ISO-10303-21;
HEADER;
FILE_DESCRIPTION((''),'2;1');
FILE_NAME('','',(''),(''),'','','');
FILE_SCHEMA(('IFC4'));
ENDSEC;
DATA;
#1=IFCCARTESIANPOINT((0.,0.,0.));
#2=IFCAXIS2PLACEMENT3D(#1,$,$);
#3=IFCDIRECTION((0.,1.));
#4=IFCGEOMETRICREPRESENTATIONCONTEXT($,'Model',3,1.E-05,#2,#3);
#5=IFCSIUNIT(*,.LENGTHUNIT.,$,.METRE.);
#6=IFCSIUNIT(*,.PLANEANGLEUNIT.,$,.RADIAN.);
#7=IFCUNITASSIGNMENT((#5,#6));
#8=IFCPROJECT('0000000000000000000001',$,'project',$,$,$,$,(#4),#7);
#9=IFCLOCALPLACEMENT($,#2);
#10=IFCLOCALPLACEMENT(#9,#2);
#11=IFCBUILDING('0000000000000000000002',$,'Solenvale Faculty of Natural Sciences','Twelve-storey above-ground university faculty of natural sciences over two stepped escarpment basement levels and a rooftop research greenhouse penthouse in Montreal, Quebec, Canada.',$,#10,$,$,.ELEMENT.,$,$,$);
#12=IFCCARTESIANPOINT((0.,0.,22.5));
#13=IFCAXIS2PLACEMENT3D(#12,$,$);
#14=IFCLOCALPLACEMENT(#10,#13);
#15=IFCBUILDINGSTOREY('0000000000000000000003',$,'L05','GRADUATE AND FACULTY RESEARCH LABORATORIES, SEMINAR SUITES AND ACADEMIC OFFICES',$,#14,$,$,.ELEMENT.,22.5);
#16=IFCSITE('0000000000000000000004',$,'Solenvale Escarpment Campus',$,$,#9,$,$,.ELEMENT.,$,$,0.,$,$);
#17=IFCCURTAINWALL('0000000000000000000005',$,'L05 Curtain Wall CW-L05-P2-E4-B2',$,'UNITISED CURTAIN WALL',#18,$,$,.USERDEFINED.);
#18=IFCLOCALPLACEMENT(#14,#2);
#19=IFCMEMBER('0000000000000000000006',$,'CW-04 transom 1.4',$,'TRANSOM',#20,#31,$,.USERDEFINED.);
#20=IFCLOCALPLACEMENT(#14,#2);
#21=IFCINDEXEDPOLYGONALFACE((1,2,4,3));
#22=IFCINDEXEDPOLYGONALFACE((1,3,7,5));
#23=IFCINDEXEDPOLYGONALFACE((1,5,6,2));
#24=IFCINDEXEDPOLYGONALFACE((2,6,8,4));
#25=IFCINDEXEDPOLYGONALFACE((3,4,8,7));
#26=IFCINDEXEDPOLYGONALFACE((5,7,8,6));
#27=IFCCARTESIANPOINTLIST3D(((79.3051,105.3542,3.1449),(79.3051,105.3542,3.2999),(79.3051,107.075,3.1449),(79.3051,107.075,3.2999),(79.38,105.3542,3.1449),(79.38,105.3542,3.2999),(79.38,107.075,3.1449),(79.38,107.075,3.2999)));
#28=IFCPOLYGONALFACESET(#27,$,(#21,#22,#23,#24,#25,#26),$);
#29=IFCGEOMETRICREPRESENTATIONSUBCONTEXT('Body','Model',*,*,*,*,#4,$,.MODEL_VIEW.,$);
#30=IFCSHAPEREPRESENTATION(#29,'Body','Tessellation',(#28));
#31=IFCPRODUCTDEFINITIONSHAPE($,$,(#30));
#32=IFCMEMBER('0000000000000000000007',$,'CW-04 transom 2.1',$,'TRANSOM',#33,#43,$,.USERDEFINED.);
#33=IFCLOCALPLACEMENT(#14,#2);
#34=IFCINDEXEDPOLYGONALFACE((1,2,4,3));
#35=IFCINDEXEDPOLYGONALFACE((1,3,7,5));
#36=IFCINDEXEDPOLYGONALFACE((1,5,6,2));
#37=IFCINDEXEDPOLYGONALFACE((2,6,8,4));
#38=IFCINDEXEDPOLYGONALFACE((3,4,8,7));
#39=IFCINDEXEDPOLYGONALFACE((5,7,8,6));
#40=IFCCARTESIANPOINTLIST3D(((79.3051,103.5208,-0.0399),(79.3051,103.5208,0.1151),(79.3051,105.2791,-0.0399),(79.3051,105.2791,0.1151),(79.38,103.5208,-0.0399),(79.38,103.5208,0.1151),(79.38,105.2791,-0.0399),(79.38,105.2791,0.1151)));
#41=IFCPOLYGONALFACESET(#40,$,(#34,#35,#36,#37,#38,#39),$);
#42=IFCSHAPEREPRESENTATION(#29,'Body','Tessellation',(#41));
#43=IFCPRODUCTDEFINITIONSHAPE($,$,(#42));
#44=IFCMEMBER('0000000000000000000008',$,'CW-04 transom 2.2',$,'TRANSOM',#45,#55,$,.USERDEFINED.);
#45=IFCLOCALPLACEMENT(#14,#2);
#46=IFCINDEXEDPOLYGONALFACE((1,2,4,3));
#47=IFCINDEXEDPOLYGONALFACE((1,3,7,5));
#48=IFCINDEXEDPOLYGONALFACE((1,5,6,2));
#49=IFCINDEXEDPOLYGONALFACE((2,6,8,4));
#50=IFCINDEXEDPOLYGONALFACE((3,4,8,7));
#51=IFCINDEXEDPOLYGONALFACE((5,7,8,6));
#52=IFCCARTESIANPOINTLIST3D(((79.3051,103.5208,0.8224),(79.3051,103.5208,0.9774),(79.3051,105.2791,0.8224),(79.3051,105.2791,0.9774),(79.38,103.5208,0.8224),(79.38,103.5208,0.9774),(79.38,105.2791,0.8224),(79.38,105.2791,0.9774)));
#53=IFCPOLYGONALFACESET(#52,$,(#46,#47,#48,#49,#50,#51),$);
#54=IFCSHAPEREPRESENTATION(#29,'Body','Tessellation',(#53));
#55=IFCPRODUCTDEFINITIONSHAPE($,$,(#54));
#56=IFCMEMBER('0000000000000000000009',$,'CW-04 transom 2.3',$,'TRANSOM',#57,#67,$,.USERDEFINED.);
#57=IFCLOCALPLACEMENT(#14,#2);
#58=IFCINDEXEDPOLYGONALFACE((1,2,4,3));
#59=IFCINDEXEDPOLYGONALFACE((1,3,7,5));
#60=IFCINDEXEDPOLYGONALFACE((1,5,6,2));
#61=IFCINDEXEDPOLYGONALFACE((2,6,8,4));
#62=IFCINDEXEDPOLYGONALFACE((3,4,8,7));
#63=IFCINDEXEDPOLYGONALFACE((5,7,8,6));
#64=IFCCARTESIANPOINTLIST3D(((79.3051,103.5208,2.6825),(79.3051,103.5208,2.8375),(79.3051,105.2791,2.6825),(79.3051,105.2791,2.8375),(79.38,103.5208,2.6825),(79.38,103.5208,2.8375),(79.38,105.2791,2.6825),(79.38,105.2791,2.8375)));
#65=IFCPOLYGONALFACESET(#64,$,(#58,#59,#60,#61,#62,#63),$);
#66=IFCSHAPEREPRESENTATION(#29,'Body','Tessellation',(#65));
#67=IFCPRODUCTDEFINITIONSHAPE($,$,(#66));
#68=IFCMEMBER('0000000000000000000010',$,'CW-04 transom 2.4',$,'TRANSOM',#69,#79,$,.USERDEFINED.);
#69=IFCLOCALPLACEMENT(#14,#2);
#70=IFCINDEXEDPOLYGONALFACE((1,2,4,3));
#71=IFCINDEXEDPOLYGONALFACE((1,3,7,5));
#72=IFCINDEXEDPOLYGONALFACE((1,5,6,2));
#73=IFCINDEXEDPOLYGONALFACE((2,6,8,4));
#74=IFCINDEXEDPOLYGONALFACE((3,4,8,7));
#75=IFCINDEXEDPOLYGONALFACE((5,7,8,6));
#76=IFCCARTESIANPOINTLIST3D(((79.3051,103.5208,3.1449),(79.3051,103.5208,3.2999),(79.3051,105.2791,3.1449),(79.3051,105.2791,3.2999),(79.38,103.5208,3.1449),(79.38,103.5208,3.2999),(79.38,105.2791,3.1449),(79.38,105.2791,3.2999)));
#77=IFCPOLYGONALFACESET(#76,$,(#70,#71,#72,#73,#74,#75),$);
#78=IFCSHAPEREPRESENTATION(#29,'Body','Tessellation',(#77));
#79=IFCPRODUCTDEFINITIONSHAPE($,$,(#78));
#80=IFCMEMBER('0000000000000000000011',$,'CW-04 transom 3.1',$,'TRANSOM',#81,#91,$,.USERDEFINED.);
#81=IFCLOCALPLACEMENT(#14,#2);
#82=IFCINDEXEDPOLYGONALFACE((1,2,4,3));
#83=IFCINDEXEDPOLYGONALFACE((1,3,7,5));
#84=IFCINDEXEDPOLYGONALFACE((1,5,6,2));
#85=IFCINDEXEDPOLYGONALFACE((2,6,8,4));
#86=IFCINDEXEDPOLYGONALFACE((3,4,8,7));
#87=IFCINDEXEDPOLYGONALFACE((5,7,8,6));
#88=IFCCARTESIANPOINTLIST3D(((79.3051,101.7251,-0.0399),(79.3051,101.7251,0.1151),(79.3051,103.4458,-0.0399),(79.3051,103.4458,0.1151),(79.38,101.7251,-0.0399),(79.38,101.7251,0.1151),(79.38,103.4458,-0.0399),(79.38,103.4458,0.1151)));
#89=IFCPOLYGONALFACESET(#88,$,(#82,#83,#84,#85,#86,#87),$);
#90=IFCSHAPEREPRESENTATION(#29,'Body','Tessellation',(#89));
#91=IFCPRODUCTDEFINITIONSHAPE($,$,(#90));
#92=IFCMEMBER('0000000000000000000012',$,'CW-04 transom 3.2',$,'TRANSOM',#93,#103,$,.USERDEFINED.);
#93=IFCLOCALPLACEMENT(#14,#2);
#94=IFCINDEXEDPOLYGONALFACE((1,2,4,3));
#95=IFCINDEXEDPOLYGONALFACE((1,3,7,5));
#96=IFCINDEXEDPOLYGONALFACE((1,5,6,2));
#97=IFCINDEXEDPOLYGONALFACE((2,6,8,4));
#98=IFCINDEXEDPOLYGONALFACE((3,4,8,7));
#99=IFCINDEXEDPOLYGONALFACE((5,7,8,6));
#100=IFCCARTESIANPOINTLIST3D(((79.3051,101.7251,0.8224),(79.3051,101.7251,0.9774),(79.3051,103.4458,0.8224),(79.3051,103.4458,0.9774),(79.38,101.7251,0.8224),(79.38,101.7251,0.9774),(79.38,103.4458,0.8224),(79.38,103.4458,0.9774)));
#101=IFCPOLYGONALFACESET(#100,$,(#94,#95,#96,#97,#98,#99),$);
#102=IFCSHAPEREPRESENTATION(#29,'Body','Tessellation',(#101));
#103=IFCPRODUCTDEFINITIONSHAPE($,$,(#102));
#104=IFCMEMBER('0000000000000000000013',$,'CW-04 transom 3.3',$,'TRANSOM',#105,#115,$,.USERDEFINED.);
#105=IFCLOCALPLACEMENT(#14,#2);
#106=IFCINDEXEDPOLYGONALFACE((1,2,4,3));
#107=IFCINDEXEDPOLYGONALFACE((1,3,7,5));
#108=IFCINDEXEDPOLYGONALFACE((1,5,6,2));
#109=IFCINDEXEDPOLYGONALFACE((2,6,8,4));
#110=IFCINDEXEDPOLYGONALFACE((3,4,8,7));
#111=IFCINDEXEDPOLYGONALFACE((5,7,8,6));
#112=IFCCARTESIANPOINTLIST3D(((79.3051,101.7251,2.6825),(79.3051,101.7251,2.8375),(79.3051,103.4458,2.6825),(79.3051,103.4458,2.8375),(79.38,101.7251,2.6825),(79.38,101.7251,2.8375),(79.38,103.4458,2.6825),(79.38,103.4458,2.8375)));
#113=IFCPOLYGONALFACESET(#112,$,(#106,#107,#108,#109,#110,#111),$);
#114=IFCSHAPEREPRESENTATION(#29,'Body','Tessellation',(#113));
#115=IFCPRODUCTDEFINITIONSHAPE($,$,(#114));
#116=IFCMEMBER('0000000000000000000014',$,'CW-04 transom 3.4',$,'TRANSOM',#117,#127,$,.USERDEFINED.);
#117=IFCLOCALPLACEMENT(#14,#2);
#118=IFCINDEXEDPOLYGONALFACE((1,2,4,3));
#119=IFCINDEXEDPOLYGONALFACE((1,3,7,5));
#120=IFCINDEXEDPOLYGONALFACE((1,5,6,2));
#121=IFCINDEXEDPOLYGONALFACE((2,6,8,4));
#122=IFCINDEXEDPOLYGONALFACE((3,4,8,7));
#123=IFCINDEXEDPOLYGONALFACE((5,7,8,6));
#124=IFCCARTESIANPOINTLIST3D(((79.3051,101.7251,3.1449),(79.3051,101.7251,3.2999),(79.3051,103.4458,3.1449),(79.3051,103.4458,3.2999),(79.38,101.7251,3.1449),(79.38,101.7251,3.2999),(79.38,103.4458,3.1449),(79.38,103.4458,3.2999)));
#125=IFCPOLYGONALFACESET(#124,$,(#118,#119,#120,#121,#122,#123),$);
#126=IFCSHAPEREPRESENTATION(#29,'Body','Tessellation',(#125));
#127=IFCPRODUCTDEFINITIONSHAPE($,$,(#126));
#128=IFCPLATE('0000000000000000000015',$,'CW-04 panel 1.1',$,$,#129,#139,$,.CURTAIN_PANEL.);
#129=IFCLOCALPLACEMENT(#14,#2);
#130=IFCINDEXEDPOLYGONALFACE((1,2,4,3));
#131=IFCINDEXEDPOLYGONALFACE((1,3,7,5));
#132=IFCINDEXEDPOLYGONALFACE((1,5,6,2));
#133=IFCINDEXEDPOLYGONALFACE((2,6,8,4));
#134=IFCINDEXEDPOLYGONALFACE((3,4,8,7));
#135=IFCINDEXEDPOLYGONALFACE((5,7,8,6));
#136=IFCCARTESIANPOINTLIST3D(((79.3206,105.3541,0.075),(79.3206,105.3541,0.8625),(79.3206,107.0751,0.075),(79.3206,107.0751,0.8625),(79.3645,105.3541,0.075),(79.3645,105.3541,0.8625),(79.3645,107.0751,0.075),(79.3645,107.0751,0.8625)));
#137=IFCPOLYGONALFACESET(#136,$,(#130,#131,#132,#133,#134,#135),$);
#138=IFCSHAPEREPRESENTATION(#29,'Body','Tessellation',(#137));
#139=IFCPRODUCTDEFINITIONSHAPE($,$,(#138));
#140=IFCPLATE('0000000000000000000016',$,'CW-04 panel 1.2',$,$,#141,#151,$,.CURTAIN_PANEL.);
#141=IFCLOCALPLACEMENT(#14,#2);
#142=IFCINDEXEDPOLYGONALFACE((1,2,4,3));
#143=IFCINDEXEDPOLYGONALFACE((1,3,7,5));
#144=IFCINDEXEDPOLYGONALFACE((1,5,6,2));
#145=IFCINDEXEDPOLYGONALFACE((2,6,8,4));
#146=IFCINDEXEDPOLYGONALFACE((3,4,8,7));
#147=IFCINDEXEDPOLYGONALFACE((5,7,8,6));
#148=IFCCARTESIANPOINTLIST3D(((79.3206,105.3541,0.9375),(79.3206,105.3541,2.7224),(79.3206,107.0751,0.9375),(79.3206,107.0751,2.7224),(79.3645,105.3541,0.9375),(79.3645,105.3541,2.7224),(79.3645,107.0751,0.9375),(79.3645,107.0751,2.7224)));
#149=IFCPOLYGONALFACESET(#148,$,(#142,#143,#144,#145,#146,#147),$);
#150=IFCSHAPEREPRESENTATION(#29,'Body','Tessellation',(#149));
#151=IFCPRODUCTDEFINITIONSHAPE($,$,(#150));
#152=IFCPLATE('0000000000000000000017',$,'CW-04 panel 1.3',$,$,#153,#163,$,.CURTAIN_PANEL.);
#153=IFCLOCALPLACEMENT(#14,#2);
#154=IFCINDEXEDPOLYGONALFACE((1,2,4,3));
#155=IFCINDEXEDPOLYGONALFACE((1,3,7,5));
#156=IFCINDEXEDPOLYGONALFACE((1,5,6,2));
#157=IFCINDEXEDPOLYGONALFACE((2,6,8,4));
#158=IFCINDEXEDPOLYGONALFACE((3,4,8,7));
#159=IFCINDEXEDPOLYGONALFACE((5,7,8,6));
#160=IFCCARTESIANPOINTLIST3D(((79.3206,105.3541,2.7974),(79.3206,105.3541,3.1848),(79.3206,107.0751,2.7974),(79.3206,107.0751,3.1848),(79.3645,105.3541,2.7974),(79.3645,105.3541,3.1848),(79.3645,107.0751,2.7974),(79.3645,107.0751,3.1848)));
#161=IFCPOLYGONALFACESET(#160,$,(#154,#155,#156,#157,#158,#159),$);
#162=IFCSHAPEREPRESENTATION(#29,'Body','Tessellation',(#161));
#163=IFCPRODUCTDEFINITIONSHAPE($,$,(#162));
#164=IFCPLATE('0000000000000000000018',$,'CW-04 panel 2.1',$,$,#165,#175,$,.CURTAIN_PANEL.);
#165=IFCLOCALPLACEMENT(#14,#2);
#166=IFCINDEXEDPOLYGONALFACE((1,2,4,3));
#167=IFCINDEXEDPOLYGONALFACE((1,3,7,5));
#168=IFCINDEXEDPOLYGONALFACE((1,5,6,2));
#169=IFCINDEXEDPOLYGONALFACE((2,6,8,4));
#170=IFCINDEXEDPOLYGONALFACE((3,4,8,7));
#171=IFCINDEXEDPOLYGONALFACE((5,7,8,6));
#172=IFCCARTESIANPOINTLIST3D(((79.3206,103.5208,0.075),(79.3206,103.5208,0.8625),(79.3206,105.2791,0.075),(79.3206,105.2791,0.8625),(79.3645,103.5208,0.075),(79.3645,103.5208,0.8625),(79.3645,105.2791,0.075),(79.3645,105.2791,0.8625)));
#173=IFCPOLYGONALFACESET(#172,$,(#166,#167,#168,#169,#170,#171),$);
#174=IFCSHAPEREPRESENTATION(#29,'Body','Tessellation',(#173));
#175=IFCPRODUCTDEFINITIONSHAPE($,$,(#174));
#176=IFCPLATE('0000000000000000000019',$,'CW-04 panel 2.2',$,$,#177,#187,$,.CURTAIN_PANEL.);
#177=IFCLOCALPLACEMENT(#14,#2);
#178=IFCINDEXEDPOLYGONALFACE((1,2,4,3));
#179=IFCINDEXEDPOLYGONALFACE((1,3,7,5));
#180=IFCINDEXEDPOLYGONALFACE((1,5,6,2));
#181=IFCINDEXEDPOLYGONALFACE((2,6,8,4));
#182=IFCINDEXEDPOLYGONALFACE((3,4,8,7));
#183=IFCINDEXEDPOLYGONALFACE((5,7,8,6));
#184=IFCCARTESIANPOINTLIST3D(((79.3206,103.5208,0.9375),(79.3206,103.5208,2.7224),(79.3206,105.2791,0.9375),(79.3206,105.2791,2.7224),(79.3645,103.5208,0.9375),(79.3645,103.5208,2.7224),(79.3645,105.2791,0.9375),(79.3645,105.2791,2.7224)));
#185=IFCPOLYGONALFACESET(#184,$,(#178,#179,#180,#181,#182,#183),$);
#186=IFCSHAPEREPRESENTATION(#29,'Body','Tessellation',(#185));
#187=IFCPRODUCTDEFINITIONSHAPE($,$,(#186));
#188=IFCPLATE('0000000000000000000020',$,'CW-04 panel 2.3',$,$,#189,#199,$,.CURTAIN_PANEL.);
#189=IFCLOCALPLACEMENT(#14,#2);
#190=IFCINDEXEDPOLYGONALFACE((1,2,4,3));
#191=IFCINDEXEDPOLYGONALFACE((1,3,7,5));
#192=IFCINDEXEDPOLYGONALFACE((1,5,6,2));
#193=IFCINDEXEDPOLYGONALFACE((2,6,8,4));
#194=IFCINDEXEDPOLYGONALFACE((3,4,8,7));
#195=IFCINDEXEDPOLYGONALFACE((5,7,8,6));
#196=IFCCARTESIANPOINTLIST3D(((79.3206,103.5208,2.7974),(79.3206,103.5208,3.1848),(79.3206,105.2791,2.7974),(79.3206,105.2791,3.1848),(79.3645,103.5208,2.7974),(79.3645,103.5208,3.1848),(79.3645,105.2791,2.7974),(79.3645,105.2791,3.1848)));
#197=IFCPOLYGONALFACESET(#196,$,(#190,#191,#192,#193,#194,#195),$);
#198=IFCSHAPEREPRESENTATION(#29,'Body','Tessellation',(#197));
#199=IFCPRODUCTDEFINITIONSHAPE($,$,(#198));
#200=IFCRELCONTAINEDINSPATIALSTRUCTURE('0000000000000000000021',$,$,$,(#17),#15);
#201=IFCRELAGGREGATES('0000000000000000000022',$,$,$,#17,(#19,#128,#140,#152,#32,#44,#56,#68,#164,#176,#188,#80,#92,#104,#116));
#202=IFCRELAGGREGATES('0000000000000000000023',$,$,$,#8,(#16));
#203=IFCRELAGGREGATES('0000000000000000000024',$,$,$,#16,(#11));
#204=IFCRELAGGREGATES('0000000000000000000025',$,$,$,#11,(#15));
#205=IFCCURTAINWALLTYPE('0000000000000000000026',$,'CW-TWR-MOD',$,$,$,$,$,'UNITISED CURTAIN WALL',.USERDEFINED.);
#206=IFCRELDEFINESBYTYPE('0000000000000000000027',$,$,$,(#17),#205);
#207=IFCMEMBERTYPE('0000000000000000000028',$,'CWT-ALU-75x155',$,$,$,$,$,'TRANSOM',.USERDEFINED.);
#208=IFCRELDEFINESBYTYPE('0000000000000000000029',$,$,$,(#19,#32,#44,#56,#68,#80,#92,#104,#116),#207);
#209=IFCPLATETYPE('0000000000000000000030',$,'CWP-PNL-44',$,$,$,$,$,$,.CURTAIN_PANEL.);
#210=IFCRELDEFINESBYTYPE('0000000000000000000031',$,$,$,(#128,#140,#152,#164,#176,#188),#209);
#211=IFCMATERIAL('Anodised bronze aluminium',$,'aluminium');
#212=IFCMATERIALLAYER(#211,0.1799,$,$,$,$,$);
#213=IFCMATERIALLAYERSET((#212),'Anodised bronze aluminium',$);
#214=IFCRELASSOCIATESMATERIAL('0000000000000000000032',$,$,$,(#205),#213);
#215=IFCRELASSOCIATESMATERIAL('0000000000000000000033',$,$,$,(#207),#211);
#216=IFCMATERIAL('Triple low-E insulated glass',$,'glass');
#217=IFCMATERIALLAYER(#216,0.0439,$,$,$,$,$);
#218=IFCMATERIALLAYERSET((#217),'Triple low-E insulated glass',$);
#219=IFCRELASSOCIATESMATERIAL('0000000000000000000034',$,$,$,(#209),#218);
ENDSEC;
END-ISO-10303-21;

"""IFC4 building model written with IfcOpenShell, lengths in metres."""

from ifc_helpers import new_model, si_unit, direction, frame, origin, origin_2d, place, context, subcontext, project, spatial, rectangle, extrude, material, layer, layer_set, material_profile, profile_set, type_object, element, aggregate, save


model = new_model("IFC4")

# Units and contexts
model_context = context("Model", 3, precision=1e-05, world=origin(), true_north=direction((0.0, 1.0)))
body_context = subcontext(model_context, "Body", "Model", "MODEL_VIEW")
ifc_project = project(units=[si_unit("LENGTHUNIT", "METRE"), si_unit("PLANEANGLEUNIT", "RADIAN")], contexts=[model_context])

# Site, building, storey
site_placement = place(None, origin())
site = spatial("IfcSite", under=ifc_project, at=site_placement, Name="Solenvale Escarpment Campus", CompositionType="ELEMENT", RefElevation=0.0)
building_placement = place(site_placement, origin())
building = spatial("IfcBuilding", under=site, at=building_placement, Name="Solenvale Faculty of Natural Sciences", Description="Twelve-storey above-ground university faculty of natural sciences over two stepped escarpment basement levels and a rooftop research greenhouse penthouse in Montreal, Quebec, Canada.", CompositionType="ELEMENT")
storey_placement = place(building_placement, frame((0.0, 0.0, 22.5)))
storey = spatial("IfcBuildingStorey", under=building, at=storey_placement, Name="L05", Description="GRADUATE AND FACULTY RESEARCH LABORATORIES, SEMINAR SUITES AND ACADEMIC OFFICES", CompositionType="ELEMENT", Elevation=22.5)

# Curtain wall, members, plates
ifc_material_1 = material(Name="Anodised bronze aluminium", Category="aluminium")
ifc_layer_1 = layer(ifc_material_1, 0.1799)
ifc_layer_set_1 = layer_set([ifc_layer_1], Name="Anodised bronze aluminium")
curtain_wall_type = type_object("IfcCurtainWallType", Name="CW-TWR-MOD", ElementType="UNITISED CURTAIN WALL", PredefinedType="USERDEFINED", material=ifc_layer_set_1)
curtain_wall_placement = place(storey_placement, origin())
curtain_wall = element("IfcCurtainWall", 1, at=curtain_wall_placement, inside=storey, type_object=curtain_wall_type, Name="L05 Curtain Wall CW-L05-P2-E4-B2", ObjectType="UNITISED CURTAIN WALL", PredefinedType="USERDEFINED")
ifc_material_profile_1 = material_profile(ifc_material_1, rectangle(XDim=0.075, YDim=0.155, at=origin_2d()), Name="ALU-TRN-75x155")
ifc_profile_set_1 = profile_set([ifc_material_profile_1], Name="Anodised bronze aluminium")
member_type_1 = type_object("IfcMemberType", Name="CWT-ALU-75x155", ElementType="TRANSOM", PredefinedType="USERDEFINED", material=ifc_profile_set_1)
member_1_placement = place(storey_placement, frame((79.3425, 107.075, 3.2224), z_axis=(0.0, -1.0, 0.0), x_axis=(1.0, 0.0, 0.0)))
member_1 = element("IfcMember", 2, at=member_1_placement, type_object=member_type_1, Name="CW-04 transom 1.4", ObjectType="TRANSOM", PredefinedType="USERDEFINED", context=body_context, shape_type="SweptSolid", body=[
    extrude(rectangle(XDim=0.075, YDim=0.155, at=origin_2d()), origin(), (0.0, 0.0, 1.0), 1.7207),
])
member_2_placement = place(storey_placement, frame((79.3425, 105.2791, 0.0376), z_axis=(0.0, -1.0, 0.0), x_axis=(1.0, 0.0, 0.0)))
member_2 = element("IfcMember", 3, at=member_2_placement, type_object=member_type_1, Name="CW-04 transom 2.1", ObjectType="TRANSOM", PredefinedType="USERDEFINED", context=body_context, shape_type="SweptSolid", body=[
    extrude(rectangle(XDim=0.075, YDim=0.155, at=origin_2d()), origin(), (0.0, 0.0, 1.0), 1.7583),
])
member_3_placement = place(storey_placement, frame((79.3425, 105.2791, 0.8999), z_axis=(0.0, -1.0, 0.0), x_axis=(1.0, 0.0, 0.0)))
member_3 = element("IfcMember", 4, at=member_3_placement, type_object=member_type_1, Name="CW-04 transom 2.2", ObjectType="TRANSOM", PredefinedType="USERDEFINED", context=body_context, shape_type="SweptSolid", body=[
    extrude(rectangle(XDim=0.075, YDim=0.155, at=origin_2d()), origin(), (0.0, 0.0, 1.0), 1.7583),
])
member_4_placement = place(storey_placement, frame((79.3425, 105.2791, 2.76), z_axis=(0.0, -1.0, 0.0), x_axis=(1.0, 0.0, 0.0)))
member_4 = element("IfcMember", 5, at=member_4_placement, type_object=member_type_1, Name="CW-04 transom 2.3", ObjectType="TRANSOM", PredefinedType="USERDEFINED", context=body_context, shape_type="SweptSolid", body=[
    extrude(rectangle(XDim=0.075, YDim=0.155, at=origin_2d()), origin(), (0.0, 0.0, 1.0), 1.7583),
])
member_5_placement = place(storey_placement, frame((79.3425, 105.2791, 3.2224), z_axis=(0.0, -1.0, 0.0), x_axis=(1.0, 0.0, 0.0)))
member_5 = element("IfcMember", 6, at=member_5_placement, type_object=member_type_1, Name="CW-04 transom 2.4", ObjectType="TRANSOM", PredefinedType="USERDEFINED", context=body_context, shape_type="SweptSolid", body=[
    extrude(rectangle(XDim=0.075, YDim=0.155, at=origin_2d()), origin(), (0.0, 0.0, 1.0), 1.7583),
])
member_6_placement = place(storey_placement, frame((79.3425, 103.4458, 0.0376), z_axis=(0.0, -1.0, 0.0), x_axis=(1.0, 0.0, 0.0)))
member_6 = element("IfcMember", 7, at=member_6_placement, type_object=member_type_1, Name="CW-04 transom 3.1", ObjectType="TRANSOM", PredefinedType="USERDEFINED", context=body_context, shape_type="SweptSolid", body=[
    extrude(rectangle(XDim=0.075, YDim=0.155, at=origin_2d()), origin(), (0.0, 0.0, 1.0), 1.7207),
])
member_7_placement = place(storey_placement, frame((79.3425, 103.4458, 0.8999), z_axis=(0.0, -1.0, 0.0), x_axis=(1.0, 0.0, 0.0)))
member_7 = element("IfcMember", 8, at=member_7_placement, type_object=member_type_1, Name="CW-04 transom 3.2", ObjectType="TRANSOM", PredefinedType="USERDEFINED", context=body_context, shape_type="SweptSolid", body=[
    extrude(rectangle(XDim=0.075, YDim=0.155, at=origin_2d()), origin(), (0.0, 0.0, 1.0), 1.7207),
])
member_8_placement = place(storey_placement, frame((79.3425, 103.4458, 2.76), z_axis=(0.0, -1.0, 0.0), x_axis=(1.0, 0.0, 0.0)))
member_8 = element("IfcMember", 9, at=member_8_placement, type_object=member_type_1, Name="CW-04 transom 3.3", ObjectType="TRANSOM", PredefinedType="USERDEFINED", context=body_context, shape_type="SweptSolid", body=[
    extrude(rectangle(XDim=0.075, YDim=0.155, at=origin_2d()), origin(), (0.0, 0.0, 1.0), 1.7207),
])
member_9_placement = place(storey_placement, frame((79.3425, 103.4458, 3.2224), z_axis=(0.0, -1.0, 0.0), x_axis=(1.0, 0.0, 0.0)))
member_9 = element("IfcMember", 10, at=member_9_placement, type_object=member_type_1, Name="CW-04 transom 3.4", ObjectType="TRANSOM", PredefinedType="USERDEFINED", context=body_context, shape_type="SweptSolid", body=[
    extrude(rectangle(XDim=0.075, YDim=0.155, at=origin_2d()), origin(), (0.0, 0.0, 1.0), 1.7207),
])
ifc_material_2 = material(Name="Triple low-E insulated glass", Category="glass")
ifc_layer_2 = layer(ifc_material_2, 0.0439)
ifc_layer_set_2 = layer_set([ifc_layer_2], Name="Triple low-E insulated glass")
plate_type = type_object("IfcPlateType", Name="CWP-PNL-44", PredefinedType="CURTAIN_PANEL", material=ifc_layer_set_2)
plate_1_placement = place(storey_placement, frame((79.3425, 106.2146, 0.075), z_axis=(0.0, 0.0, 1.0), x_axis=(0.0, -1.0, 0.0)))
plate_1 = element("IfcPlate", 11, at=plate_1_placement, type_object=plate_type, Name="CW-04 panel 1.1", PredefinedType="CURTAIN_PANEL", context=body_context, shape_type="SweptSolid", body=[
    extrude(rectangle(XDim=1.7209, YDim=0.0439, at=origin_2d()), origin(), (0.0, 0.0, 1.0), 0.7876),
])
plate_2_placement = place(storey_placement, frame((79.3425, 106.2146, 0.9375), z_axis=(0.0, 0.0, 1.0), x_axis=(0.0, -1.0, 0.0)))
plate_2 = element("IfcPlate", 12, at=plate_2_placement, type_object=plate_type, Name="CW-04 panel 1.2", PredefinedType="CURTAIN_PANEL", context=body_context, shape_type="SweptSolid", body=[
    extrude(rectangle(XDim=1.7209, YDim=0.0439, at=origin_2d()), origin(), (0.0, 0.0, 1.0), 1.7849),
])
plate_3_placement = place(storey_placement, frame((79.3425, 106.2146, 2.7974), z_axis=(0.0, 0.0, 1.0), x_axis=(0.0, -1.0, 0.0)))
plate_3 = element("IfcPlate", 13, at=plate_3_placement, type_object=plate_type, Name="CW-04 panel 1.3", PredefinedType="CURTAIN_PANEL", context=body_context, shape_type="SweptSolid", body=[
    extrude(rectangle(XDim=1.7209, YDim=0.0439, at=origin_2d()), origin(), (0.0, 0.0, 1.0), 0.3875),
])
plate_4_placement = place(storey_placement, frame((79.3425, 104.3999, 0.075), z_axis=(0.0, 0.0, 1.0), x_axis=(0.0, -1.0, 0.0)))
plate_4 = element("IfcPlate", 14, at=plate_4_placement, type_object=plate_type, Name="CW-04 panel 2.1", PredefinedType="CURTAIN_PANEL", context=body_context, shape_type="SweptSolid", body=[
    extrude(rectangle(XDim=1.7583, YDim=0.0439, at=origin_2d()), origin(), (0.0, 0.0, 1.0), 0.7876),
])
plate_5_placement = place(storey_placement, frame((79.3425, 104.3999, 0.9375), z_axis=(0.0, 0.0, 1.0), x_axis=(0.0, -1.0, 0.0)))
plate_5 = element("IfcPlate", 15, at=plate_5_placement, type_object=plate_type, Name="CW-04 panel 2.2", PredefinedType="CURTAIN_PANEL", context=body_context, shape_type="SweptSolid", body=[
    extrude(rectangle(XDim=1.7583, YDim=0.0439, at=origin_2d()), origin(), (0.0, 0.0, 1.0), 1.7849),
])
plate_6_placement = place(storey_placement, frame((79.3425, 104.3999, 2.7974), z_axis=(0.0, 0.0, 1.0), x_axis=(0.0, -1.0, 0.0)))
plate_6 = element("IfcPlate", 16, at=plate_6_placement, type_object=plate_type, Name="CW-04 panel 2.3", PredefinedType="CURTAIN_PANEL", context=body_context, shape_type="SweptSolid", body=[
    extrude(rectangle(XDim=1.7583, YDim=0.0439, at=origin_2d()), origin(), (0.0, 0.0, 1.0), 0.3875),
])
aggregate(curtain_wall, [member_1, plate_1, plate_2, plate_3, member_2, member_3, member_4, member_5, plate_4, plate_5, plate_6, member_6, member_7, member_8, member_9])

save(model, "model.ifc")
